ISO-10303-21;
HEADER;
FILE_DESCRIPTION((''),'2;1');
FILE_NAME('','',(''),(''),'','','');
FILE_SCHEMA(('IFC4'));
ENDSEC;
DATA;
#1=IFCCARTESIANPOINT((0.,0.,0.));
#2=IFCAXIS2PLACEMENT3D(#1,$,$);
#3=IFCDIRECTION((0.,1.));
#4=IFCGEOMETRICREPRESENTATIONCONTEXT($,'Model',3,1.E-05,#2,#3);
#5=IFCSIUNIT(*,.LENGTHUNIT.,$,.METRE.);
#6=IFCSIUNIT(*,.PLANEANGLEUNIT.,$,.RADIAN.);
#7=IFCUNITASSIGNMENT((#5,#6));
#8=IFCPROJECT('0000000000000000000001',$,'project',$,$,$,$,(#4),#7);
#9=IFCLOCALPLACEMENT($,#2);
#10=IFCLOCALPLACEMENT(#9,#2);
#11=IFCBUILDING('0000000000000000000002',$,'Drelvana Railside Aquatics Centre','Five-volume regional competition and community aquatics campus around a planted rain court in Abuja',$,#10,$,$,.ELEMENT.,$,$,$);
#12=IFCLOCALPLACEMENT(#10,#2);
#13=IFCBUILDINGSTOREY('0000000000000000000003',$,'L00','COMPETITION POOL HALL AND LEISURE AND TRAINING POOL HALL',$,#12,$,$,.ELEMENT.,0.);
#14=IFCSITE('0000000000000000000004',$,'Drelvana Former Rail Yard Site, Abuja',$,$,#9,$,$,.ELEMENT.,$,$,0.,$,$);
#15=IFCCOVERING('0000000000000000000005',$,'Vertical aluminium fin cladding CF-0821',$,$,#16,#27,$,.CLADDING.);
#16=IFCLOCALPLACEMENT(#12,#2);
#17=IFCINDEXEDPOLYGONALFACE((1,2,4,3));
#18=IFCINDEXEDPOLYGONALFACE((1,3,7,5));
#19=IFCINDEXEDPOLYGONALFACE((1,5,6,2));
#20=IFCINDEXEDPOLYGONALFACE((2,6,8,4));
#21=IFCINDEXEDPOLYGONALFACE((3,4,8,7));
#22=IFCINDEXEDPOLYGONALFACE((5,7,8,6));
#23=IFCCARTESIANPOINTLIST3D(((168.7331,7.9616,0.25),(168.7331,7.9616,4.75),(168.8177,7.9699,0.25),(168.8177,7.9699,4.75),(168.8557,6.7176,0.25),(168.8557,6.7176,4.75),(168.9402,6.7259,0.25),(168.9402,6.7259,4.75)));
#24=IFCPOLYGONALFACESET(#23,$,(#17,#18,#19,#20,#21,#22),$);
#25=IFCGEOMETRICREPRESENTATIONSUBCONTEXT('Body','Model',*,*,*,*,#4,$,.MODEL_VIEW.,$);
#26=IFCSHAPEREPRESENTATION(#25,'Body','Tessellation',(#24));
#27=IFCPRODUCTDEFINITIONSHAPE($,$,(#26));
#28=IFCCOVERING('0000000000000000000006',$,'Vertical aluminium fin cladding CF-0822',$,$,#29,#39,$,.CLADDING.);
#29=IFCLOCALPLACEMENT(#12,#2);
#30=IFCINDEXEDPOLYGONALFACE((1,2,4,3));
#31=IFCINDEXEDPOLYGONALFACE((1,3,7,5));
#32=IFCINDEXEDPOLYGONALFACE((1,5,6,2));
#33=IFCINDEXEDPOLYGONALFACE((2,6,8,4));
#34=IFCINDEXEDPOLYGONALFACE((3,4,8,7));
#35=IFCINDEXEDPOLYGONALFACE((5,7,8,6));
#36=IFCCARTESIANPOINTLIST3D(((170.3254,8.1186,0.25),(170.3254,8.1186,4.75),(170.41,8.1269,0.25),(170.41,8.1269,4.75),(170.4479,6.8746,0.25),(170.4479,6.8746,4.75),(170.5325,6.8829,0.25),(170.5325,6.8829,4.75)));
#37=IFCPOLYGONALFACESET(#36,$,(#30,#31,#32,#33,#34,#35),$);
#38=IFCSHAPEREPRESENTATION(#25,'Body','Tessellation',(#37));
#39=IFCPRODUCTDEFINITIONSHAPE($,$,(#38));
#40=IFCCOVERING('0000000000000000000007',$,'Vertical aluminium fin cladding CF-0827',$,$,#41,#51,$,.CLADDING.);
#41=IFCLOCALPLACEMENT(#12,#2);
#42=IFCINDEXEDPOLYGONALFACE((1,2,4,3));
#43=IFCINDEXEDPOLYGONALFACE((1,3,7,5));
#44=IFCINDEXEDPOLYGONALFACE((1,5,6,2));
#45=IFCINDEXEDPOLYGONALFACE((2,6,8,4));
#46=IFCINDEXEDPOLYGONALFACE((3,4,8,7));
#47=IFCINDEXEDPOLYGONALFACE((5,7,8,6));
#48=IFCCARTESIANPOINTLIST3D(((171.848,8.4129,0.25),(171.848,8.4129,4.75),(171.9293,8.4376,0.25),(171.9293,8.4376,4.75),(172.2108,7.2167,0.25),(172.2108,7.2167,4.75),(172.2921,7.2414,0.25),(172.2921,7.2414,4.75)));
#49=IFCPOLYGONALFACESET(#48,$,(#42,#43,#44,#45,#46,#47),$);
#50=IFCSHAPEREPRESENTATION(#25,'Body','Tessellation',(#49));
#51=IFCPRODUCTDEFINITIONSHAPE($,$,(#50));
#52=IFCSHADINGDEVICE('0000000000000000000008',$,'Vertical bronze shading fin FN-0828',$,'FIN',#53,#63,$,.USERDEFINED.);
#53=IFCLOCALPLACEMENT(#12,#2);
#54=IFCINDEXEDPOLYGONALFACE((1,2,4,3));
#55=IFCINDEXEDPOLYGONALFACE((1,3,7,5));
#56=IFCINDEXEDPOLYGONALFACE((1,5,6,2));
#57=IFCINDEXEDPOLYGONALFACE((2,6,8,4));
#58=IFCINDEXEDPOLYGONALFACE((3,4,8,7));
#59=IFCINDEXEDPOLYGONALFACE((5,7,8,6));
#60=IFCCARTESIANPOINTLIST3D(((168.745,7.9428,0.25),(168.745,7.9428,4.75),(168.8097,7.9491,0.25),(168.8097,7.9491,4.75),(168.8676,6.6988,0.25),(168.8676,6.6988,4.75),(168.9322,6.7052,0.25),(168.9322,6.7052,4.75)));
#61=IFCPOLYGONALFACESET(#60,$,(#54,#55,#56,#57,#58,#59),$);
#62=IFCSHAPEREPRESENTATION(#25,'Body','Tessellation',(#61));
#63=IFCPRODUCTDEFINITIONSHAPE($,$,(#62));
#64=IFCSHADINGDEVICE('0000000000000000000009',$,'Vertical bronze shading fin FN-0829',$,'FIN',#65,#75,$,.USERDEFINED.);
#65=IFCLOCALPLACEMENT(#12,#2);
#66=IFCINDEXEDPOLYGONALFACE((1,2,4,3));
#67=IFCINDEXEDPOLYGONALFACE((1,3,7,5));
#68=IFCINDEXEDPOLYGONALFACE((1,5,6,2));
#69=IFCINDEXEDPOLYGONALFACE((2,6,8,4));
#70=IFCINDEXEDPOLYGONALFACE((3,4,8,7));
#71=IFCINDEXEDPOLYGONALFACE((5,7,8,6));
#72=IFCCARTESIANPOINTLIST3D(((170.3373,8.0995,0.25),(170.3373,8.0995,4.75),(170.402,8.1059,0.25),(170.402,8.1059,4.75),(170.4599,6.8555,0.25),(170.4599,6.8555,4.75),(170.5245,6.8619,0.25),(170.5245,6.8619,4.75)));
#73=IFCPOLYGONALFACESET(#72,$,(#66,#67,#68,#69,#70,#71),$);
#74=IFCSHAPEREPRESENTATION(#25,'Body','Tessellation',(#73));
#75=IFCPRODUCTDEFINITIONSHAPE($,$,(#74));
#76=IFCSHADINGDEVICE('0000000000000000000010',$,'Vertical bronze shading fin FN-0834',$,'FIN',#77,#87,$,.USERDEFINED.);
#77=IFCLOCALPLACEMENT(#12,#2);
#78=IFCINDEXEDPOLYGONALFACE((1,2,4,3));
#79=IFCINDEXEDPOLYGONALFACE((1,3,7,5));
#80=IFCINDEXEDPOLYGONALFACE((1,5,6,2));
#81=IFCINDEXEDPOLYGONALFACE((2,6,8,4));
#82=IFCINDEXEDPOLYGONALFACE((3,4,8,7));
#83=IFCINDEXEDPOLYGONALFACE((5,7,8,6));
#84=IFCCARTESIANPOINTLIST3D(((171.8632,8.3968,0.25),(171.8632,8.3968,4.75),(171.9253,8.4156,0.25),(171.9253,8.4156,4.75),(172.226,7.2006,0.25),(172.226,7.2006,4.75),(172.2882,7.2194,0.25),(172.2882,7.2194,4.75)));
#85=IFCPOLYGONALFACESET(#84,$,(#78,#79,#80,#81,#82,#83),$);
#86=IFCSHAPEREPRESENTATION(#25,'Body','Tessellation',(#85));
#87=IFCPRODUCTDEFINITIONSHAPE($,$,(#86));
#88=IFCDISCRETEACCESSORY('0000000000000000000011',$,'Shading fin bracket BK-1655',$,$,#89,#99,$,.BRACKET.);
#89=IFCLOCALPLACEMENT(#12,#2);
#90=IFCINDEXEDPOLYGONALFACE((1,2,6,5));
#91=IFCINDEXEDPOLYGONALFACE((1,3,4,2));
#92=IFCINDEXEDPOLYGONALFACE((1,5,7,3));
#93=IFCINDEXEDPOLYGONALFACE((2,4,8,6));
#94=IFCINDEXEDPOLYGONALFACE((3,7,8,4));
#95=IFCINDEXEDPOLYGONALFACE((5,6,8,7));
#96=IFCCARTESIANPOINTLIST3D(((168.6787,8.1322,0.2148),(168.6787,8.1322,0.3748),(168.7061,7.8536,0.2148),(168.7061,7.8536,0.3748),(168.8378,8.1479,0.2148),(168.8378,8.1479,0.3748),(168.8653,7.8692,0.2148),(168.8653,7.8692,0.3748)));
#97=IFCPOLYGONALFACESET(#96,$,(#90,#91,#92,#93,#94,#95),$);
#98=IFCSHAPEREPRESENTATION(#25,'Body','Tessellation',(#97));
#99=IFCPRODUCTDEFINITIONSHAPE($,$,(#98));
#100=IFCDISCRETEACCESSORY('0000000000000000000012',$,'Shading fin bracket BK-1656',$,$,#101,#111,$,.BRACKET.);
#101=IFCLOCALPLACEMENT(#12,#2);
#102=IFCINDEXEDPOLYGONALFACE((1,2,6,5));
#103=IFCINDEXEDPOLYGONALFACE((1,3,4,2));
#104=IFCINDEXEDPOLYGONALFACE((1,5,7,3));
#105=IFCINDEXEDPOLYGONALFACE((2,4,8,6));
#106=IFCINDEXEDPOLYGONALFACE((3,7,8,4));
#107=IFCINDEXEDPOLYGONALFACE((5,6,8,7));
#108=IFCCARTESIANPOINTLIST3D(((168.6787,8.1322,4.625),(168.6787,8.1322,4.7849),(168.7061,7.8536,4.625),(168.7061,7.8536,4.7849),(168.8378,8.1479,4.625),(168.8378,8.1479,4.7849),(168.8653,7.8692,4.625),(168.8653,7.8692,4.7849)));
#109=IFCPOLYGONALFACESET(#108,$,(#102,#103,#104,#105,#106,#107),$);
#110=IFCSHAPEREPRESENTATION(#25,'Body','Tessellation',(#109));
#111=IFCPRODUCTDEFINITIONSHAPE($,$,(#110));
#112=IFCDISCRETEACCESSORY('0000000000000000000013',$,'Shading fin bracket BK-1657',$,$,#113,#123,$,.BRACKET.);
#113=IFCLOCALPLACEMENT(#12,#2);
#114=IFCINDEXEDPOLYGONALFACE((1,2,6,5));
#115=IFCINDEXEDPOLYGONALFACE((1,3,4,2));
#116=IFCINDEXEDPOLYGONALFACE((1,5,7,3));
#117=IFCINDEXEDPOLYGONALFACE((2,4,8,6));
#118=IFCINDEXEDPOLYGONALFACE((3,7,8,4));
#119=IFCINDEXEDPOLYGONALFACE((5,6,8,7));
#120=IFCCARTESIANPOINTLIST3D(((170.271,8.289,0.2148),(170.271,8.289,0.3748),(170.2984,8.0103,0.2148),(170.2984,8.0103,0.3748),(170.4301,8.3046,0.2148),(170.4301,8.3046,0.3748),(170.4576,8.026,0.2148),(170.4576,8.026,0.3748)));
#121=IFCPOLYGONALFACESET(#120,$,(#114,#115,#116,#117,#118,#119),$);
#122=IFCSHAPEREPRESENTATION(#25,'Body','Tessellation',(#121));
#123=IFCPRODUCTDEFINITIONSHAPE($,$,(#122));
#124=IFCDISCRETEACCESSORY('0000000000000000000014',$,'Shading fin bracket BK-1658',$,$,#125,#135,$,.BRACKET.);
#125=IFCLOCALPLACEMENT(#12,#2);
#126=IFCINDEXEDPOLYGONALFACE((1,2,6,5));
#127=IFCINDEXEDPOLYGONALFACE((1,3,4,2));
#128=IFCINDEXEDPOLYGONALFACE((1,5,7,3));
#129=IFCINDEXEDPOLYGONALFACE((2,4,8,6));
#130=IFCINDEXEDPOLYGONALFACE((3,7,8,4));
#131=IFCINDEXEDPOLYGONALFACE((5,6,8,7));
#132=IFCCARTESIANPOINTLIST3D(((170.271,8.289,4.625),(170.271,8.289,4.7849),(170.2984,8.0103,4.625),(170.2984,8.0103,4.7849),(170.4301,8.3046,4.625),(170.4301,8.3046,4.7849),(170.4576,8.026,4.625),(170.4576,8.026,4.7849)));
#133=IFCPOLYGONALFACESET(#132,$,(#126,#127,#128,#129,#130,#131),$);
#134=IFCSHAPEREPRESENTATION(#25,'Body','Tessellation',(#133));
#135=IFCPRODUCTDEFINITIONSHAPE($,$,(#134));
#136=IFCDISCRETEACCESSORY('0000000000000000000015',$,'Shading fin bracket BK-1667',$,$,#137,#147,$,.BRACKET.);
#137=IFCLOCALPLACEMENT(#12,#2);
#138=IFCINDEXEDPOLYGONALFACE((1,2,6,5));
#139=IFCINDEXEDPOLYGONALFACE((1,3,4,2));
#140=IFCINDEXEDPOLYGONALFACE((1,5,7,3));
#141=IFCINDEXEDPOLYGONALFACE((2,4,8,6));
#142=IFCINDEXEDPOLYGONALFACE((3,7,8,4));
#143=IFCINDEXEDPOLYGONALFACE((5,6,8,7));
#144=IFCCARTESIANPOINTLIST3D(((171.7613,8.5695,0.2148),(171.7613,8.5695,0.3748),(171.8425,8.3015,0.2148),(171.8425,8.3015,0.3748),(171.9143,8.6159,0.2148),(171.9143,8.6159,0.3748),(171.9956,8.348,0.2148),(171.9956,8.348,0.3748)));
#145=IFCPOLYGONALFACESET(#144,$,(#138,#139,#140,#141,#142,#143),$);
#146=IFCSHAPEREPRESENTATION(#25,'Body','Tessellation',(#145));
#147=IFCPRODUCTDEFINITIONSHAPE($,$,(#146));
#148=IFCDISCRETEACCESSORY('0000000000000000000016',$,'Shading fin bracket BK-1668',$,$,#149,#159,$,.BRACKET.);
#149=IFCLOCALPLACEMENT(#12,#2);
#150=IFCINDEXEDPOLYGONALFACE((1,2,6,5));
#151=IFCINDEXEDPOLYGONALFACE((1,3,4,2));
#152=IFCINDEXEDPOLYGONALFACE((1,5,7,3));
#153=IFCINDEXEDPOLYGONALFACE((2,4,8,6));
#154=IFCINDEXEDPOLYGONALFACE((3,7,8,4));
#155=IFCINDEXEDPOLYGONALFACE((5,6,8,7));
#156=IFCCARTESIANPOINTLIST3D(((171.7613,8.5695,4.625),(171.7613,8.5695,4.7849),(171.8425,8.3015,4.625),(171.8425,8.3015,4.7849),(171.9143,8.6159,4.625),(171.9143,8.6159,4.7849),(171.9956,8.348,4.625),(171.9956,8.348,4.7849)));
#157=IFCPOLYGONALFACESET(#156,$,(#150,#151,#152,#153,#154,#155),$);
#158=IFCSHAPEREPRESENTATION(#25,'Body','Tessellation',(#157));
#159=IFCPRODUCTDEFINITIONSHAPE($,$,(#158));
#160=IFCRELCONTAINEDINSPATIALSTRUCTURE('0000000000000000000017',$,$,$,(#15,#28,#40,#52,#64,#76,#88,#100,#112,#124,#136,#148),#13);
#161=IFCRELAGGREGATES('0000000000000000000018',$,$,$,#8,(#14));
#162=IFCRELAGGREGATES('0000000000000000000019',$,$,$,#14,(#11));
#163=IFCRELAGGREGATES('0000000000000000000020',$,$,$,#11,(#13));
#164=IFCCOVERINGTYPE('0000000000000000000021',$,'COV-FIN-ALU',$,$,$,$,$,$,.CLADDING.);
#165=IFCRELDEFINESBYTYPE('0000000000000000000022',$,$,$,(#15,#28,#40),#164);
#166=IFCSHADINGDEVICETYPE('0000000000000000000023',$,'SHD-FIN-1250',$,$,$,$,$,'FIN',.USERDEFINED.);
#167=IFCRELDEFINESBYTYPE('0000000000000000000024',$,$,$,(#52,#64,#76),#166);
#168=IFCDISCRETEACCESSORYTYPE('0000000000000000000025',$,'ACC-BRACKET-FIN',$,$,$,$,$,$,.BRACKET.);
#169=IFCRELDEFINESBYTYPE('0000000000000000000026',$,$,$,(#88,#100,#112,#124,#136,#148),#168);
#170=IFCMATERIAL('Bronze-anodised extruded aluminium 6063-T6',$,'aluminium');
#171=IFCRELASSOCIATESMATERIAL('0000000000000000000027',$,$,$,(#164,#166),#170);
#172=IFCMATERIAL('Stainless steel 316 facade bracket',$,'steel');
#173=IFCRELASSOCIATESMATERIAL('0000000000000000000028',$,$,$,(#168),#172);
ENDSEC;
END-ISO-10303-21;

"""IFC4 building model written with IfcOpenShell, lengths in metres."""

from ifc_helpers import new_model, si_unit, direction, frame, origin, origin_2d, place, context, subcontext, project, spatial, rectangle, extrude, material, type_object, element, save


model = new_model("IFC4")

# Units and contexts
model_context = context("Model", 3, precision=1e-05, world=origin(), true_north=direction((0.0, 1.0)))
body_context = subcontext(model_context, "Body", "Model", "MODEL_VIEW")
ifc_project = project(units=[si_unit("LENGTHUNIT", "METRE"), si_unit("PLANEANGLEUNIT", "RADIAN")], contexts=[model_context])

# Site, building, storey
site_placement = place(None, origin())
site = spatial("IfcSite", under=ifc_project, at=site_placement, Name="Drelvana Former Rail Yard Site, Abuja", CompositionType="ELEMENT", RefElevation=0.0)
building_placement = place(site_placement, origin())
building = spatial("IfcBuilding", under=site, at=building_placement, Name="Drelvana Railside Aquatics Centre", Description="Five-volume regional competition and community aquatics campus around a planted rain court in Abuja", CompositionType="ELEMENT")
storey_placement = place(building_placement, origin())
storey = spatial("IfcBuildingStorey", under=building, at=storey_placement, Name="L00", Description="COMPETITION POOL HALL AND LEISURE AND TRAINING POOL HALL", CompositionType="ELEMENT", Elevation=0.0)

# Coverings
ifc_material_1 = material(Name="Bronze-anodised extruded aluminium 6063-T6", Category="aluminium")
covering_type = type_object("IfcCoveringType", Name="COV-FIN-ALU", PredefinedType="CLADDING", material=ifc_material_1)
for number, where, z_axis, x_axis, name in (
    (1, (168.8367, 7.3438, 0.25), (0.0, 0.0, 1.0), (-0.995185, -0.098017, 0.0), "Vertical aluminium fin cladding CF-0821"),
    (2, (170.429, 7.5007, 0.25), (0.0, 0.0, 1.0), (-0.995185, -0.098017, 0.0), "Vertical aluminium fin cladding CF-0822"),
    (3, (172.0701, 7.8271, 0.25), (0.0, 0.0, 1.0), (-0.95694, -0.290285, 0.0), "Vertical aluminium fin cladding CF-0827"),
):
    element("IfcCovering", number, at=place(storey_placement, frame(where, z_axis=z_axis, x_axis=x_axis)), inside=storey, type_object=covering_type, Name=name, PredefinedType="CLADDING", context=body_context, shape_type="SweptSolid", body=[
        extrude(rectangle(XDim=0.085, YDim=1.25, at=origin_2d()), origin(), (0.0, 0.0, 1.0), 4.5),
    ])

# Shading devices
shading_device_type = type_object("IfcShadingDeviceType", Name="SHD-FIN-1250", ElementType="FIN", PredefinedType="USERDEFINED", material=ifc_material_1)
for number, where, z_axis, x_axis, name in (
    (4, (168.8386, 7.324, 0.25), (0.0, 0.0, 1.0), (0.098017, -0.995185, 0.0), "Vertical bronze shading fin FN-0828"),
    (5, (170.4309, 7.4807, 0.25), (0.0, 0.0, 1.0), (0.098017, -0.995185, 0.0), "Vertical bronze shading fin FN-0829"),
    (6, (172.0757, 7.8081, 0.25), (0.0, 0.0, 1.0), (0.290285, -0.95694, 0.0), "Vertical bronze shading fin FN-0834"),
):
    element("IfcShadingDevice", number, at=place(storey_placement, frame(where, z_axis=z_axis, x_axis=x_axis)), inside=storey, type_object=shading_device_type, Name=name, ObjectType="FIN", PredefinedType="USERDEFINED", context=body_context, shape_type="SweptSolid", body=[
        extrude(rectangle(XDim=1.25, YDim=0.0649, at=origin_2d()), origin(), (0.0, 0.0, 1.0), 4.5),
    ])

# Discrete accessories
ifc_material_2 = material(Name="Stainless steel 316 facade bracket", Category="steel")
discrete_accessory_type = type_object("IfcDiscreteAccessoryType", Name="ACC-BRACKET-FIN", PredefinedType="BRACKET", material=ifc_material_2)
for number, where, z_axis, x_axis, name in (
    (7, (168.772, 8.0007, 0.2148), (0.0, 0.0, 1.0), (0.098017, -0.995185, 0.0), "Shading fin bracket BK-1655"),
    (8, (168.772, 8.0007, 4.625), (0.0, 0.0, 1.0), (0.098017, -0.995185, 0.0), "Shading fin bracket BK-1656"),
    (9, (170.3643, 8.1575, 0.2148), (0.0, 0.0, 1.0), (0.098017, -0.995185, 0.0), "Shading fin bracket BK-1657"),
    (10, (170.3643, 8.1575, 4.625), (0.0, 0.0, 1.0), (0.098017, -0.995185, 0.0), "Shading fin bracket BK-1658"),
    (11, (171.8784, 8.4587, 0.2148), (0.0, 0.0, 1.0), (0.290285, -0.95694, 0.0), "Shading fin bracket BK-1667"),
    (12, (171.8784, 8.4587, 4.625), (0.0, 0.0, 1.0), (0.290285, -0.95694, 0.0), "Shading fin bracket BK-1668"),
):
    element("IfcDiscreteAccessory", number, at=place(storey_placement, frame(where, z_axis=z_axis, x_axis=x_axis)), inside=storey, type_object=discrete_accessory_type, Name=name, PredefinedType="BRACKET", context=body_context, shape_type="SweptSolid", body=[
        extrude(rectangle(XDim=0.28, YDim=0.1599, at=origin_2d()), origin(), (0.0, 0.0, 1.0), 0.1599),
    ])

save(model, "model.ifc")
